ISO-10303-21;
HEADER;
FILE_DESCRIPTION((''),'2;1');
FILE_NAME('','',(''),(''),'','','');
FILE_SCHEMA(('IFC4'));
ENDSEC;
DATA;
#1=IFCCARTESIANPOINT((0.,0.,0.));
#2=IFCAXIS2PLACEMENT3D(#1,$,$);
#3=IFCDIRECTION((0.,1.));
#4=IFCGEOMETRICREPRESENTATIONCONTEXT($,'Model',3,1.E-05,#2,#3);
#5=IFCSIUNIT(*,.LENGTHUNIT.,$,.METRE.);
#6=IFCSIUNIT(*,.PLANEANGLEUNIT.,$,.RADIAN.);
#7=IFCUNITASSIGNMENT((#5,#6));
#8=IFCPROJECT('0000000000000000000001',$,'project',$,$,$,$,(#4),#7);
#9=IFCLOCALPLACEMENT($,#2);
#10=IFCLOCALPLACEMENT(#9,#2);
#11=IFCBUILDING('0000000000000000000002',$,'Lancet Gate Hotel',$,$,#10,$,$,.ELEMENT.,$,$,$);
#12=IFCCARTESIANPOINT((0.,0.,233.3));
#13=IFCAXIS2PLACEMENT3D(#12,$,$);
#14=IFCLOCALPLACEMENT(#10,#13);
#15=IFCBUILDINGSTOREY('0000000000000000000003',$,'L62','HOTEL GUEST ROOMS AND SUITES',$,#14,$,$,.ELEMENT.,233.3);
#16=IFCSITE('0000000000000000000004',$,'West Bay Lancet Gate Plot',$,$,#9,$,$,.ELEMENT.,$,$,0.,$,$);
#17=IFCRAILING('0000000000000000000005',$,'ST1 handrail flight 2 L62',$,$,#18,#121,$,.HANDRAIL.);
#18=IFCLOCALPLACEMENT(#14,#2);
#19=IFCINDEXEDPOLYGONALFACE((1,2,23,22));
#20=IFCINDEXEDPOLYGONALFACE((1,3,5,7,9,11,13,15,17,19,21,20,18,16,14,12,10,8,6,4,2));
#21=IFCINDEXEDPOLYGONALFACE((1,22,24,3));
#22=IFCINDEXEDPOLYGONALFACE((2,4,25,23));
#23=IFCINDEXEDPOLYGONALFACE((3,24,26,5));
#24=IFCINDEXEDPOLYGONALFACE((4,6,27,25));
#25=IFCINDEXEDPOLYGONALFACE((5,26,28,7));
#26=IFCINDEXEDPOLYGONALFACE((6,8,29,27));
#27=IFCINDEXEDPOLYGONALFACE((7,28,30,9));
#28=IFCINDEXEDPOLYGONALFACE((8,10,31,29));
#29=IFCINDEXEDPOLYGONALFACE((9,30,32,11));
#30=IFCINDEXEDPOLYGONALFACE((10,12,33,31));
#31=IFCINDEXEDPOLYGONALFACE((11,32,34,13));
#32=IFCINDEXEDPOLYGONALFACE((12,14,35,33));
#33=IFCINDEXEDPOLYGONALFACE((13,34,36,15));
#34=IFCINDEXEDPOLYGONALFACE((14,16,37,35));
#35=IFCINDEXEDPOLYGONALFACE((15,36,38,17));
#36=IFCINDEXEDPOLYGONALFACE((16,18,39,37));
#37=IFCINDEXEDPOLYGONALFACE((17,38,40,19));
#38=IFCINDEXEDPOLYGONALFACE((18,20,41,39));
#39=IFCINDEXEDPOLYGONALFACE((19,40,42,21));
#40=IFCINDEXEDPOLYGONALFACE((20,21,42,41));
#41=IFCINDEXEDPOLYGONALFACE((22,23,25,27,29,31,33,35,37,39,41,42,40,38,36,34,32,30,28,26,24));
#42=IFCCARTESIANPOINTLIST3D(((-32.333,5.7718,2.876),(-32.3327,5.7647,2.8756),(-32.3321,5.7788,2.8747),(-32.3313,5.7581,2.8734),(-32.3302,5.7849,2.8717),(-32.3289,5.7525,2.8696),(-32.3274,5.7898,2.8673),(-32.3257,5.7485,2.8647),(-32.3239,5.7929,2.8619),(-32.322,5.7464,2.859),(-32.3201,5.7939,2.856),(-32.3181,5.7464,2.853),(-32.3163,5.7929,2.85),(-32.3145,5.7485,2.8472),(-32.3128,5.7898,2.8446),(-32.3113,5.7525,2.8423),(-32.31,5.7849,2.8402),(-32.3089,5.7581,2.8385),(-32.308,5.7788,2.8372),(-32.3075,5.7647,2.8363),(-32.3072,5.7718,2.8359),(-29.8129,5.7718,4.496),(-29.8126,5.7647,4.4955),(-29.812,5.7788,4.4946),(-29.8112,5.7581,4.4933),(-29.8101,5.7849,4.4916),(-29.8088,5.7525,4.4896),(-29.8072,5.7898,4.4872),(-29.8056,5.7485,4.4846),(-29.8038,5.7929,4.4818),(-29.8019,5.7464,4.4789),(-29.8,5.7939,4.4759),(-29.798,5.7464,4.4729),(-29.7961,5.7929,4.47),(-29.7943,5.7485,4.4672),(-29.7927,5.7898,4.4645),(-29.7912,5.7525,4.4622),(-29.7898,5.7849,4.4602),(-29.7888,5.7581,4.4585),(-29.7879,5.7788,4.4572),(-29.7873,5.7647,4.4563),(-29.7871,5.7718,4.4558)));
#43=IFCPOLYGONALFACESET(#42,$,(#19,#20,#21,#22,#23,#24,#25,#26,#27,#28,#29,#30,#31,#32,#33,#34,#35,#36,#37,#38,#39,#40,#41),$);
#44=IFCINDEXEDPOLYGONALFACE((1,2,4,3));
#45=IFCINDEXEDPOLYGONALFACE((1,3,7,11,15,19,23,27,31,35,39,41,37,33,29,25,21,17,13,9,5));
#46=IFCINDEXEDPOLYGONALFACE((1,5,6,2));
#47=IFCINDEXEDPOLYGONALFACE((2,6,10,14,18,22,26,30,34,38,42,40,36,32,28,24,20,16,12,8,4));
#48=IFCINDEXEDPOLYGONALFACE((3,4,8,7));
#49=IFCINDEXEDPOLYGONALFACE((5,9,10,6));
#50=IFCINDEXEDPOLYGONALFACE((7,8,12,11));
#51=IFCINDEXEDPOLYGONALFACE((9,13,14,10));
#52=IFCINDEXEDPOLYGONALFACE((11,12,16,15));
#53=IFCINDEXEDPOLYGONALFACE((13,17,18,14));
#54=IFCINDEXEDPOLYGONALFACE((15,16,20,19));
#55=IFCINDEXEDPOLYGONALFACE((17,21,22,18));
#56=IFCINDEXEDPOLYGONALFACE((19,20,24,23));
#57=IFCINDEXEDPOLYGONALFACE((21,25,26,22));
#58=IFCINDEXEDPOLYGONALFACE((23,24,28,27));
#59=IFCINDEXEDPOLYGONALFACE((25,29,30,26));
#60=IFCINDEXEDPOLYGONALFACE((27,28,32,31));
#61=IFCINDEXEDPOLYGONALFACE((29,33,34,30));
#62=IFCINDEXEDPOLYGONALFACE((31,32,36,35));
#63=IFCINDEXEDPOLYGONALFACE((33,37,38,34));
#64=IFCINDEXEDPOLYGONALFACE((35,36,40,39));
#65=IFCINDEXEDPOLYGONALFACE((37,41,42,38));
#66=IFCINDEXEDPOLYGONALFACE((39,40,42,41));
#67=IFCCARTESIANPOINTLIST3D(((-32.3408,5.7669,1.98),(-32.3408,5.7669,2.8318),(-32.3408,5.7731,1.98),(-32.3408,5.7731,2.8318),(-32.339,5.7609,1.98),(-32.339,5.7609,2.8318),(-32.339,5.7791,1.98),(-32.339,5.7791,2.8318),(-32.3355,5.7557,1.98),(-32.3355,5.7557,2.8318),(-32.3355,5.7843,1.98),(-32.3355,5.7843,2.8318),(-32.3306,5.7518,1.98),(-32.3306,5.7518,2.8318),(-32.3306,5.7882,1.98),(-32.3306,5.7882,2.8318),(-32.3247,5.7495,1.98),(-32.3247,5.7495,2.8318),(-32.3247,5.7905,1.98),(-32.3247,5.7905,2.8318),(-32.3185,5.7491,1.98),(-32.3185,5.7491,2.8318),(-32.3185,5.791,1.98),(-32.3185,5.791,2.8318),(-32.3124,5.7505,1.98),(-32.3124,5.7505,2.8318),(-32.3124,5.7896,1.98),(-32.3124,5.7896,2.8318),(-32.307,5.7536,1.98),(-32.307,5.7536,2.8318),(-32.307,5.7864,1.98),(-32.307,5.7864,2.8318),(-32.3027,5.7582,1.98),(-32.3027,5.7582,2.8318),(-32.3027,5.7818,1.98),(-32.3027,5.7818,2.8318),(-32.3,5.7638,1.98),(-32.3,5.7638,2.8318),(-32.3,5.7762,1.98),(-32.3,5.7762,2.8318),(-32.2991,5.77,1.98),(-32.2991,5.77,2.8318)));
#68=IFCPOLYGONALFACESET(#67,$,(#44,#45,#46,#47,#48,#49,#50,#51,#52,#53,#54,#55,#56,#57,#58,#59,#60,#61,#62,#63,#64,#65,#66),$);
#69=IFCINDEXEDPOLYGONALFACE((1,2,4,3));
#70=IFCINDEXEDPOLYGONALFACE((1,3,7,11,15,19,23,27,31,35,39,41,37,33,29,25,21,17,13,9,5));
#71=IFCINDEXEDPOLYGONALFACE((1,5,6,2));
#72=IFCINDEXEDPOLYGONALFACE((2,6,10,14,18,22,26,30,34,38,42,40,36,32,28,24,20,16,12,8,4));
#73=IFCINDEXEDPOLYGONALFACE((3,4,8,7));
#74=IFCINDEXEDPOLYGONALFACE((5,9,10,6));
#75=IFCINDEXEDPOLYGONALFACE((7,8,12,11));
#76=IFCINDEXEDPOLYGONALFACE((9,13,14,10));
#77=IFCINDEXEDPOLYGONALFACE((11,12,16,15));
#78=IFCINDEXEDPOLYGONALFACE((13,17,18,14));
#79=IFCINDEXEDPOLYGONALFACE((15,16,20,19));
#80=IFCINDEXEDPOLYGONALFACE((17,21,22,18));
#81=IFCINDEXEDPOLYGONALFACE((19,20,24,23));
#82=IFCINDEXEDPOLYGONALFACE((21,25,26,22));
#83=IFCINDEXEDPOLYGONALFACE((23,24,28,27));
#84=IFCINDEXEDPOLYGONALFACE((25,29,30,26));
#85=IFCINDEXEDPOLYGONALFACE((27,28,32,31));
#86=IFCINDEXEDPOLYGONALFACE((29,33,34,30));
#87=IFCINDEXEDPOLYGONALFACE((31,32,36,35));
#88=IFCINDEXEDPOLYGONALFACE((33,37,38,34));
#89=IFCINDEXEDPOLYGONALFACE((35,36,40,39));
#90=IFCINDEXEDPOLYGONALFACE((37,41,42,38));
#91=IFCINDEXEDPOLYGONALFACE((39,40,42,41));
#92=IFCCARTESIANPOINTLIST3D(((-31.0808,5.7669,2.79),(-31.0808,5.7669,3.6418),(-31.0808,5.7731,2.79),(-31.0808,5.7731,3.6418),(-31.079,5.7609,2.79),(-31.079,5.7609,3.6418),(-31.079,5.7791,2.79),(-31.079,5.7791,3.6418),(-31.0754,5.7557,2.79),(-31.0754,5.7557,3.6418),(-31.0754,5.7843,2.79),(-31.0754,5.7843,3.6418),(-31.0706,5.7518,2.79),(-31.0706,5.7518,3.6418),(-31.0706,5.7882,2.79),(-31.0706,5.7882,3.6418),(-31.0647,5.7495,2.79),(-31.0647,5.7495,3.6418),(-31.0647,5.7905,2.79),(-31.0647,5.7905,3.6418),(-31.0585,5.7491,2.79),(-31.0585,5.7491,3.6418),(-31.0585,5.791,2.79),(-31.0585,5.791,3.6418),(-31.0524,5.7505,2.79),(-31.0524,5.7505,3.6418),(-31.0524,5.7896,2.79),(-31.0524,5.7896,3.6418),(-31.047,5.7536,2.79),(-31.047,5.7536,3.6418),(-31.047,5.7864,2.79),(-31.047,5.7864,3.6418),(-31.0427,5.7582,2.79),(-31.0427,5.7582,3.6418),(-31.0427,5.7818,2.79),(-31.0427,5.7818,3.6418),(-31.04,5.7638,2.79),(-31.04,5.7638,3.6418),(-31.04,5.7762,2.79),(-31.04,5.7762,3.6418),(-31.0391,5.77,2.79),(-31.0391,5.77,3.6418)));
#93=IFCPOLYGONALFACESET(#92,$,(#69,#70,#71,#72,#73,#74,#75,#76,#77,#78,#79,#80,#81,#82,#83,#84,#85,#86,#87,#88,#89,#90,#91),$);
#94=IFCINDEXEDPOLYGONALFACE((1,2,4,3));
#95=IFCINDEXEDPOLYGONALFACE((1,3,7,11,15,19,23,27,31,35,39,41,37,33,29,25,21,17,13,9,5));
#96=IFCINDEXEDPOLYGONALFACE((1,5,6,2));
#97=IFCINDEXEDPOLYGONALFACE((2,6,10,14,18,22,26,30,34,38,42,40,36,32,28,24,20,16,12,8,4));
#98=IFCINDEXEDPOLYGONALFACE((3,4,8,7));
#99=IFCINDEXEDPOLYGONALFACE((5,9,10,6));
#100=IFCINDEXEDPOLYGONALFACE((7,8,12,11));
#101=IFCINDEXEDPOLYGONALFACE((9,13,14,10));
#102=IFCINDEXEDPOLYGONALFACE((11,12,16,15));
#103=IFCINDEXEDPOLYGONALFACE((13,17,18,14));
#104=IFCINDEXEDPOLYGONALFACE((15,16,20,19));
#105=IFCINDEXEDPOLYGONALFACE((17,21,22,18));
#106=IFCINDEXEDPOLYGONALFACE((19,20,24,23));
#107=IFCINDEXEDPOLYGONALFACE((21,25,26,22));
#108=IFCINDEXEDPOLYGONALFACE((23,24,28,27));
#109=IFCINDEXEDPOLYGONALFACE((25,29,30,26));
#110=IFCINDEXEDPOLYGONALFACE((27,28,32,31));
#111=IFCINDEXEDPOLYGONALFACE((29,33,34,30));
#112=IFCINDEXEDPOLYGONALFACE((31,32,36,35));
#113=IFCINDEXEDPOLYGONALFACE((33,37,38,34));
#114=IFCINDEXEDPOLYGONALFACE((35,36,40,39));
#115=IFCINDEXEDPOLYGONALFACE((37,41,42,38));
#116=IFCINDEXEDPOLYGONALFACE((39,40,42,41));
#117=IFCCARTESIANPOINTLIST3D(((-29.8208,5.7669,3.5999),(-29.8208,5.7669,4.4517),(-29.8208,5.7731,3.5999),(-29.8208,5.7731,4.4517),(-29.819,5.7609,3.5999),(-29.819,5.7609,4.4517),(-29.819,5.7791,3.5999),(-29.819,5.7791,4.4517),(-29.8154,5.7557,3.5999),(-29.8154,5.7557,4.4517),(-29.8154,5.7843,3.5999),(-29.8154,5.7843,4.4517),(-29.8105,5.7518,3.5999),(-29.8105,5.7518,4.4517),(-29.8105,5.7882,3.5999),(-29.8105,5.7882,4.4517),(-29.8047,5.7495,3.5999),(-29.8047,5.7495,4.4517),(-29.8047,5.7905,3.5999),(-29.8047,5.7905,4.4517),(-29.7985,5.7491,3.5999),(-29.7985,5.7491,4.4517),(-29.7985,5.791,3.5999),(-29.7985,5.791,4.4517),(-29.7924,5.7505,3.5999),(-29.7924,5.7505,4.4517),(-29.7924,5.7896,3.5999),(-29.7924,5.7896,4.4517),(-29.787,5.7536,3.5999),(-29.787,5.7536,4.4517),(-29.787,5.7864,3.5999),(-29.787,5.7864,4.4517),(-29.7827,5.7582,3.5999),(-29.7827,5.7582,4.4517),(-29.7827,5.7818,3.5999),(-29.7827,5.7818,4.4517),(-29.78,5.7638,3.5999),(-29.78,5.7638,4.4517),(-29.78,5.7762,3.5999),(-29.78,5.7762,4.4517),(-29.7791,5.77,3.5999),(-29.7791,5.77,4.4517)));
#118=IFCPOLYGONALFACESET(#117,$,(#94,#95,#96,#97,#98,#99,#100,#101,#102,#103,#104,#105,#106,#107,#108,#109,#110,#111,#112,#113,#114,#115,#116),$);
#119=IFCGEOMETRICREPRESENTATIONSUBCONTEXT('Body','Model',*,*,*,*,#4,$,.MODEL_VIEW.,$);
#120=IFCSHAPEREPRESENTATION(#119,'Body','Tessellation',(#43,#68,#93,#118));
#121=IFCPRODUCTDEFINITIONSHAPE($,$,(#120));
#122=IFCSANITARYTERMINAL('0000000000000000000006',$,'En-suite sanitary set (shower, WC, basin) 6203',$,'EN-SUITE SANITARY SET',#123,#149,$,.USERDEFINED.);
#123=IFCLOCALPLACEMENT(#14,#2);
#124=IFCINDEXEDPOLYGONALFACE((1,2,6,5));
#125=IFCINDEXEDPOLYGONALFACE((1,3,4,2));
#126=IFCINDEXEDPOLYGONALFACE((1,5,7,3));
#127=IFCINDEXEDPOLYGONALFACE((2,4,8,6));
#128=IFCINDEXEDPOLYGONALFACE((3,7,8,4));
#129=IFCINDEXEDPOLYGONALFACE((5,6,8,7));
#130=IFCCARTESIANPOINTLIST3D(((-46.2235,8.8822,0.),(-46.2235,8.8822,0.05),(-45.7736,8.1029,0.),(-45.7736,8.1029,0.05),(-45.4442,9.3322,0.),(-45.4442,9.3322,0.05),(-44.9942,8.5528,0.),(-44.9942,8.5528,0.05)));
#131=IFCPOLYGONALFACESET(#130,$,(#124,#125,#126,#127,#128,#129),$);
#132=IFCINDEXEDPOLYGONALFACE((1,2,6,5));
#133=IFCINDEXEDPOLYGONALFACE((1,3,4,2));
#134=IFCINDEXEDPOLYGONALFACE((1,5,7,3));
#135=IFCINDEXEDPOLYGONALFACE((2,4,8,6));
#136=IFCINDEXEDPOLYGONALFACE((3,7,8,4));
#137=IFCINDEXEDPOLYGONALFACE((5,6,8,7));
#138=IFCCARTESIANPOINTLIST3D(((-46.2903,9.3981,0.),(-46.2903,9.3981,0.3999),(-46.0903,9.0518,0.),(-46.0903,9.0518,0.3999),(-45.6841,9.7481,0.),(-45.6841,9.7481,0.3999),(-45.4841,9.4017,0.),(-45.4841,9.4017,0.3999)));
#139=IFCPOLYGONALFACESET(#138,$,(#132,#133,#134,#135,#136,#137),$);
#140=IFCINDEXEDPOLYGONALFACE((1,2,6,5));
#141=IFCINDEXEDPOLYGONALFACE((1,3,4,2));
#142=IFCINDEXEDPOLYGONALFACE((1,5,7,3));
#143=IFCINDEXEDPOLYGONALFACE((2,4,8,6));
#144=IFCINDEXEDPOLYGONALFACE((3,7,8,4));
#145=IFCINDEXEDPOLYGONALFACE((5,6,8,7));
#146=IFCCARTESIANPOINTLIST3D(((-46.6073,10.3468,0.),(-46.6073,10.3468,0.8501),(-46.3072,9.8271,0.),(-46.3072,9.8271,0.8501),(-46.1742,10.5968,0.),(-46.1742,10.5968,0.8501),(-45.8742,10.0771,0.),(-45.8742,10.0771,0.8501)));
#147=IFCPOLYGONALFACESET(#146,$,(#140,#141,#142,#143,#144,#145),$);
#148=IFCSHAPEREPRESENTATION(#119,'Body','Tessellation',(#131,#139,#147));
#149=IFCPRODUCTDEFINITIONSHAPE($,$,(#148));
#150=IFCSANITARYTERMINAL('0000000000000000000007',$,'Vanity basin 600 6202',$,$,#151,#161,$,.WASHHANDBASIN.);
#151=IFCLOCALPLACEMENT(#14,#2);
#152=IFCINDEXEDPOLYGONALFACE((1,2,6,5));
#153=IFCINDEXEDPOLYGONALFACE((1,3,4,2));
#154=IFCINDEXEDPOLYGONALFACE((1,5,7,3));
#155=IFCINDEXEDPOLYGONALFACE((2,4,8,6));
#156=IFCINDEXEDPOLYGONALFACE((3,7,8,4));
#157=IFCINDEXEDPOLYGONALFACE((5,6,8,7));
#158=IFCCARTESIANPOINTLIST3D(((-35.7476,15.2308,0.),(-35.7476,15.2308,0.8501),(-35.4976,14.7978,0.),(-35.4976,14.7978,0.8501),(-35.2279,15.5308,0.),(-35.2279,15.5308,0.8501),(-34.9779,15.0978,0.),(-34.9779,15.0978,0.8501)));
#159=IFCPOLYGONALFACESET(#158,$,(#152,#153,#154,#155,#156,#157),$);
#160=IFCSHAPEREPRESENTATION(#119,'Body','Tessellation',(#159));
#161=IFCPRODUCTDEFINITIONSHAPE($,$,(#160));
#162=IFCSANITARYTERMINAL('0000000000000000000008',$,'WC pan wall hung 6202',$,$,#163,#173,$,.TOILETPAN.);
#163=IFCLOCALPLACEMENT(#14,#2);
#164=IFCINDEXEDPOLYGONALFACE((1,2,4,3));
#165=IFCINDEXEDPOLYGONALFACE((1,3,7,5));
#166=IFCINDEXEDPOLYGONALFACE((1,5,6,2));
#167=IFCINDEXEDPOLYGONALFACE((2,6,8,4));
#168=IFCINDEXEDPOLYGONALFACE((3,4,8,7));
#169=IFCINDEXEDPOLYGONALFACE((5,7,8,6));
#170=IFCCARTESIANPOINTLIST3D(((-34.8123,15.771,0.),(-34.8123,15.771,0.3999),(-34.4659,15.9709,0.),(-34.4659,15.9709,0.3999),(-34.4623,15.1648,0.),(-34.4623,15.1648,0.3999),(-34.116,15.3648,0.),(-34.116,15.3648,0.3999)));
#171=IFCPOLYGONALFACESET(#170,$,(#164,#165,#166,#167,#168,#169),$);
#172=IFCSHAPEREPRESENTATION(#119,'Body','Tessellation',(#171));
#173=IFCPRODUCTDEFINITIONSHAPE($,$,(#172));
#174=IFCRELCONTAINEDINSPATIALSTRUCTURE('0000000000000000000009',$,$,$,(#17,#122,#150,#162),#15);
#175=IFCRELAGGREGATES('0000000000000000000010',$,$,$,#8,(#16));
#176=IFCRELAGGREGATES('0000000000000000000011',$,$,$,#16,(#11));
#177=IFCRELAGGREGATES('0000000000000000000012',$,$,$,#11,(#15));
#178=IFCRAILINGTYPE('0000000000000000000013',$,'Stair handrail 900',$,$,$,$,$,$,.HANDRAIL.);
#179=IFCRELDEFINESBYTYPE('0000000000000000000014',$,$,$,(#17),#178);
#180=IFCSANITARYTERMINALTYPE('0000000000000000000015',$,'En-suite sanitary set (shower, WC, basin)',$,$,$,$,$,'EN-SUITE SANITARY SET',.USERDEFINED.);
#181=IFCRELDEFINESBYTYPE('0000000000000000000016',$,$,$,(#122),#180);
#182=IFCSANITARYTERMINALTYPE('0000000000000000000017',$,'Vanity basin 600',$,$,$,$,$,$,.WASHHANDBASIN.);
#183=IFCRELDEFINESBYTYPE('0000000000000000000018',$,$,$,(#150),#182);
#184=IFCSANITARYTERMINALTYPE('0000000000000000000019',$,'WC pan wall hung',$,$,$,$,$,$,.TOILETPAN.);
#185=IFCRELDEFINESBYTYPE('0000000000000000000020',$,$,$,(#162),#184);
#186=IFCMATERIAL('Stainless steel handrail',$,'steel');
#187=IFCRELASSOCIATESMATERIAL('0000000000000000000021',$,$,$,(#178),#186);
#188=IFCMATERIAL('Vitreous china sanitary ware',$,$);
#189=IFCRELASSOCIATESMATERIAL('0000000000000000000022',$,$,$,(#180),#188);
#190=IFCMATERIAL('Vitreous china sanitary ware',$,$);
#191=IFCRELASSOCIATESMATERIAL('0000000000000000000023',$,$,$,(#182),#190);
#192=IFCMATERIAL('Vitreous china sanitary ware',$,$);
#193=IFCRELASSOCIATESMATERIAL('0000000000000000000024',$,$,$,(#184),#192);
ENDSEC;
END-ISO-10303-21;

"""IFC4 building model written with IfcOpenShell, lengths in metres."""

from ifc_helpers import new_model, si_unit, direction, frame, origin, origin_2d, place, context, subcontext, project, spatial, rectangle, circle, extrude, material, type_object, element, save


model = new_model("IFC4")

# Units and contexts
model_context = context("Model", 3, precision=1e-05, world=origin(), true_north=direction((0.0, 1.0)))
body_context = subcontext(model_context, "Body", "Model", "MODEL_VIEW")
ifc_project = project(units=[si_unit("LENGTHUNIT", "METRE"), si_unit("PLANEANGLEUNIT", "RADIAN")], contexts=[model_context])

# Site, building, storey
site_placement = place(None, origin())
site = spatial("IfcSite", under=ifc_project, at=site_placement, Name="West Bay Lancet Gate Plot", CompositionType="ELEMENT", RefElevation=0.0)
building_placement = place(site_placement, origin())
building = spatial("IfcBuilding", under=site, at=building_placement, Name="Lancet Gate Hotel", CompositionType="ELEMENT")
storey_placement = place(building_placement, frame((0.0, 0.0, 233.3)))
storey = spatial("IfcBuildingStorey", under=building, at=storey_placement, Name="L62", Description="HOTEL GUEST ROOMS AND SUITES", CompositionType="ELEMENT", Elevation=233.3)

# Railing
ifc_material_1 = material(Name="Stainless steel handrail", Category="steel")
railing_type = type_object("IfcRailingType", Name="Stair handrail 900", PredefinedType="HANDRAIL", material=ifc_material_1)
railing_1_placement = place(storey_placement, frame((-32.3201, 5.77, 1.98)))
element("IfcRailing", 1, at=railing_1_placement, inside=storey, type_object=railing_type, Name="ST1 handrail flight 2 L62", PredefinedType="HANDRAIL", context=body_context, shape_type="SweptSolid", body=[
    extrude(circle(Radius=0.0239, at=origin_2d()), frame((0.0, 0.0, 0.876), z_axis=(0.8412, 0.0, 0.540725), x_axis=(0.0, 1.0, 0.0)), (0.0, 0.0, 1.0), 2.9958),
    extrude(circle(Radius=0.021, at=origin_2d()), origin(), (0.0, 0.0, 1.0), 0.8518),
    extrude(circle(Radius=0.021, at=origin_2d()), frame((1.26, 0.0, 0.8101)), (0.0, 0.0, 1.0), 0.8518),
    extrude(circle(Radius=0.021, at=origin_2d()), frame((2.52, 0.0, 1.6199)), (0.0, 0.0, 1.0), 0.8518),
])

# Sanitary terminals
ifc_material_2 = material(Name="Vitreous china sanitary ware")
sanitary_terminal_type_1 = type_object("IfcSanitaryTerminalType", Name="En-suite sanitary set (shower, WC, basin)", ElementType="EN-SUITE SANITARY SET", PredefinedType="USERDEFINED", material=ifc_material_2)
sanitary_terminal_1_placement = place(storey_placement, frame((-45.6089, 8.7175, 0.0), z_axis=(0.0, 0.0, 1.0), x_axis=(1.0, 0.0, 0.0)))
element("IfcSanitaryTerminal", 2, at=sanitary_terminal_1_placement, inside=storey, type_object=sanitary_terminal_type_1, Name="En-suite sanitary set (shower, WC, basin) 6203", ObjectType="EN-SUITE SANITARY SET", PredefinedType="USERDEFINED", context=body_context, shape_type="SweptSolid", body=[
    extrude(rectangle(XDim=0.8999, YDim=0.8999, at=origin_2d()), frame((0.0, 0.0, 0.0), z_axis=(0.0, 0.0, 1.0), x_axis=(0.5, -0.866025, 0.0)), (0.0, 0.0, 1.0), 0.05),
    extrude(rectangle(XDim=0.3999, YDim=0.7, at=origin_2d()), frame((-0.2783, 0.6824, 0.0), z_axis=(0.0, 0.0, 1.0), x_axis=(0.5, -0.866025, 0.0)), (0.0, 0.0, 1.0), 0.3999),
    extrude(rectangle(XDim=0.6001, YDim=0.5, at=origin_2d()), frame((-0.6318, 1.4944, 0.0), z_axis=(0.0, 0.0, 1.0), x_axis=(0.5, -0.866025, 0.0)), (0.0, 0.0, 1.0), 0.8501),
])
ifc_material_3 = material(Name="Vitreous china sanitary ware")
sanitary_terminal_type_2 = type_object("IfcSanitaryTerminalType", Name="Vanity basin 600", PredefinedType="WASHHANDBASIN", material=ifc_material_3)
sanitary_terminal_2_placement = place(storey_placement, frame((-35.3628, 15.1643, 0.0), z_axis=(0.0, 0.0, 1.0), x_axis=(0.866025, 0.5, 0.0)))
element("IfcSanitaryTerminal", 3, at=sanitary_terminal_2_placement, inside=storey, type_object=sanitary_terminal_type_2, Name="Vanity basin 600 6202", PredefinedType="WASHHANDBASIN", context=body_context, shape_type="SweptSolid", body=[
    extrude(rectangle(XDim=0.6001, YDim=0.5, at=origin_2d()), origin(), (0.0, 0.0, 1.0), 0.8501),
])
ifc_material_4 = material(Name="Vitreous china sanitary ware")
sanitary_terminal_type_3 = type_object("IfcSanitaryTerminalType", Name="WC pan wall hung", PredefinedType="TOILETPAN", material=ifc_material_4)
sanitary_terminal_3_placement = place(storey_placement, frame((-34.4641, 15.5679, 0.0), z_axis=(0.0, 0.0, 1.0), x_axis=(0.866025, 0.5, 0.0)))
element("IfcSanitaryTerminal", 4, at=sanitary_terminal_3_placement, inside=storey, type_object=sanitary_terminal_type_3, Name="WC pan wall hung 6202", PredefinedType="TOILETPAN", context=body_context, shape_type="SweptSolid", body=[
    extrude(rectangle(XDim=0.3999, YDim=0.7, at=origin_2d()), origin(), (0.0, 0.0, 1.0), 0.3999),
])

save(model, "model.ifc")
